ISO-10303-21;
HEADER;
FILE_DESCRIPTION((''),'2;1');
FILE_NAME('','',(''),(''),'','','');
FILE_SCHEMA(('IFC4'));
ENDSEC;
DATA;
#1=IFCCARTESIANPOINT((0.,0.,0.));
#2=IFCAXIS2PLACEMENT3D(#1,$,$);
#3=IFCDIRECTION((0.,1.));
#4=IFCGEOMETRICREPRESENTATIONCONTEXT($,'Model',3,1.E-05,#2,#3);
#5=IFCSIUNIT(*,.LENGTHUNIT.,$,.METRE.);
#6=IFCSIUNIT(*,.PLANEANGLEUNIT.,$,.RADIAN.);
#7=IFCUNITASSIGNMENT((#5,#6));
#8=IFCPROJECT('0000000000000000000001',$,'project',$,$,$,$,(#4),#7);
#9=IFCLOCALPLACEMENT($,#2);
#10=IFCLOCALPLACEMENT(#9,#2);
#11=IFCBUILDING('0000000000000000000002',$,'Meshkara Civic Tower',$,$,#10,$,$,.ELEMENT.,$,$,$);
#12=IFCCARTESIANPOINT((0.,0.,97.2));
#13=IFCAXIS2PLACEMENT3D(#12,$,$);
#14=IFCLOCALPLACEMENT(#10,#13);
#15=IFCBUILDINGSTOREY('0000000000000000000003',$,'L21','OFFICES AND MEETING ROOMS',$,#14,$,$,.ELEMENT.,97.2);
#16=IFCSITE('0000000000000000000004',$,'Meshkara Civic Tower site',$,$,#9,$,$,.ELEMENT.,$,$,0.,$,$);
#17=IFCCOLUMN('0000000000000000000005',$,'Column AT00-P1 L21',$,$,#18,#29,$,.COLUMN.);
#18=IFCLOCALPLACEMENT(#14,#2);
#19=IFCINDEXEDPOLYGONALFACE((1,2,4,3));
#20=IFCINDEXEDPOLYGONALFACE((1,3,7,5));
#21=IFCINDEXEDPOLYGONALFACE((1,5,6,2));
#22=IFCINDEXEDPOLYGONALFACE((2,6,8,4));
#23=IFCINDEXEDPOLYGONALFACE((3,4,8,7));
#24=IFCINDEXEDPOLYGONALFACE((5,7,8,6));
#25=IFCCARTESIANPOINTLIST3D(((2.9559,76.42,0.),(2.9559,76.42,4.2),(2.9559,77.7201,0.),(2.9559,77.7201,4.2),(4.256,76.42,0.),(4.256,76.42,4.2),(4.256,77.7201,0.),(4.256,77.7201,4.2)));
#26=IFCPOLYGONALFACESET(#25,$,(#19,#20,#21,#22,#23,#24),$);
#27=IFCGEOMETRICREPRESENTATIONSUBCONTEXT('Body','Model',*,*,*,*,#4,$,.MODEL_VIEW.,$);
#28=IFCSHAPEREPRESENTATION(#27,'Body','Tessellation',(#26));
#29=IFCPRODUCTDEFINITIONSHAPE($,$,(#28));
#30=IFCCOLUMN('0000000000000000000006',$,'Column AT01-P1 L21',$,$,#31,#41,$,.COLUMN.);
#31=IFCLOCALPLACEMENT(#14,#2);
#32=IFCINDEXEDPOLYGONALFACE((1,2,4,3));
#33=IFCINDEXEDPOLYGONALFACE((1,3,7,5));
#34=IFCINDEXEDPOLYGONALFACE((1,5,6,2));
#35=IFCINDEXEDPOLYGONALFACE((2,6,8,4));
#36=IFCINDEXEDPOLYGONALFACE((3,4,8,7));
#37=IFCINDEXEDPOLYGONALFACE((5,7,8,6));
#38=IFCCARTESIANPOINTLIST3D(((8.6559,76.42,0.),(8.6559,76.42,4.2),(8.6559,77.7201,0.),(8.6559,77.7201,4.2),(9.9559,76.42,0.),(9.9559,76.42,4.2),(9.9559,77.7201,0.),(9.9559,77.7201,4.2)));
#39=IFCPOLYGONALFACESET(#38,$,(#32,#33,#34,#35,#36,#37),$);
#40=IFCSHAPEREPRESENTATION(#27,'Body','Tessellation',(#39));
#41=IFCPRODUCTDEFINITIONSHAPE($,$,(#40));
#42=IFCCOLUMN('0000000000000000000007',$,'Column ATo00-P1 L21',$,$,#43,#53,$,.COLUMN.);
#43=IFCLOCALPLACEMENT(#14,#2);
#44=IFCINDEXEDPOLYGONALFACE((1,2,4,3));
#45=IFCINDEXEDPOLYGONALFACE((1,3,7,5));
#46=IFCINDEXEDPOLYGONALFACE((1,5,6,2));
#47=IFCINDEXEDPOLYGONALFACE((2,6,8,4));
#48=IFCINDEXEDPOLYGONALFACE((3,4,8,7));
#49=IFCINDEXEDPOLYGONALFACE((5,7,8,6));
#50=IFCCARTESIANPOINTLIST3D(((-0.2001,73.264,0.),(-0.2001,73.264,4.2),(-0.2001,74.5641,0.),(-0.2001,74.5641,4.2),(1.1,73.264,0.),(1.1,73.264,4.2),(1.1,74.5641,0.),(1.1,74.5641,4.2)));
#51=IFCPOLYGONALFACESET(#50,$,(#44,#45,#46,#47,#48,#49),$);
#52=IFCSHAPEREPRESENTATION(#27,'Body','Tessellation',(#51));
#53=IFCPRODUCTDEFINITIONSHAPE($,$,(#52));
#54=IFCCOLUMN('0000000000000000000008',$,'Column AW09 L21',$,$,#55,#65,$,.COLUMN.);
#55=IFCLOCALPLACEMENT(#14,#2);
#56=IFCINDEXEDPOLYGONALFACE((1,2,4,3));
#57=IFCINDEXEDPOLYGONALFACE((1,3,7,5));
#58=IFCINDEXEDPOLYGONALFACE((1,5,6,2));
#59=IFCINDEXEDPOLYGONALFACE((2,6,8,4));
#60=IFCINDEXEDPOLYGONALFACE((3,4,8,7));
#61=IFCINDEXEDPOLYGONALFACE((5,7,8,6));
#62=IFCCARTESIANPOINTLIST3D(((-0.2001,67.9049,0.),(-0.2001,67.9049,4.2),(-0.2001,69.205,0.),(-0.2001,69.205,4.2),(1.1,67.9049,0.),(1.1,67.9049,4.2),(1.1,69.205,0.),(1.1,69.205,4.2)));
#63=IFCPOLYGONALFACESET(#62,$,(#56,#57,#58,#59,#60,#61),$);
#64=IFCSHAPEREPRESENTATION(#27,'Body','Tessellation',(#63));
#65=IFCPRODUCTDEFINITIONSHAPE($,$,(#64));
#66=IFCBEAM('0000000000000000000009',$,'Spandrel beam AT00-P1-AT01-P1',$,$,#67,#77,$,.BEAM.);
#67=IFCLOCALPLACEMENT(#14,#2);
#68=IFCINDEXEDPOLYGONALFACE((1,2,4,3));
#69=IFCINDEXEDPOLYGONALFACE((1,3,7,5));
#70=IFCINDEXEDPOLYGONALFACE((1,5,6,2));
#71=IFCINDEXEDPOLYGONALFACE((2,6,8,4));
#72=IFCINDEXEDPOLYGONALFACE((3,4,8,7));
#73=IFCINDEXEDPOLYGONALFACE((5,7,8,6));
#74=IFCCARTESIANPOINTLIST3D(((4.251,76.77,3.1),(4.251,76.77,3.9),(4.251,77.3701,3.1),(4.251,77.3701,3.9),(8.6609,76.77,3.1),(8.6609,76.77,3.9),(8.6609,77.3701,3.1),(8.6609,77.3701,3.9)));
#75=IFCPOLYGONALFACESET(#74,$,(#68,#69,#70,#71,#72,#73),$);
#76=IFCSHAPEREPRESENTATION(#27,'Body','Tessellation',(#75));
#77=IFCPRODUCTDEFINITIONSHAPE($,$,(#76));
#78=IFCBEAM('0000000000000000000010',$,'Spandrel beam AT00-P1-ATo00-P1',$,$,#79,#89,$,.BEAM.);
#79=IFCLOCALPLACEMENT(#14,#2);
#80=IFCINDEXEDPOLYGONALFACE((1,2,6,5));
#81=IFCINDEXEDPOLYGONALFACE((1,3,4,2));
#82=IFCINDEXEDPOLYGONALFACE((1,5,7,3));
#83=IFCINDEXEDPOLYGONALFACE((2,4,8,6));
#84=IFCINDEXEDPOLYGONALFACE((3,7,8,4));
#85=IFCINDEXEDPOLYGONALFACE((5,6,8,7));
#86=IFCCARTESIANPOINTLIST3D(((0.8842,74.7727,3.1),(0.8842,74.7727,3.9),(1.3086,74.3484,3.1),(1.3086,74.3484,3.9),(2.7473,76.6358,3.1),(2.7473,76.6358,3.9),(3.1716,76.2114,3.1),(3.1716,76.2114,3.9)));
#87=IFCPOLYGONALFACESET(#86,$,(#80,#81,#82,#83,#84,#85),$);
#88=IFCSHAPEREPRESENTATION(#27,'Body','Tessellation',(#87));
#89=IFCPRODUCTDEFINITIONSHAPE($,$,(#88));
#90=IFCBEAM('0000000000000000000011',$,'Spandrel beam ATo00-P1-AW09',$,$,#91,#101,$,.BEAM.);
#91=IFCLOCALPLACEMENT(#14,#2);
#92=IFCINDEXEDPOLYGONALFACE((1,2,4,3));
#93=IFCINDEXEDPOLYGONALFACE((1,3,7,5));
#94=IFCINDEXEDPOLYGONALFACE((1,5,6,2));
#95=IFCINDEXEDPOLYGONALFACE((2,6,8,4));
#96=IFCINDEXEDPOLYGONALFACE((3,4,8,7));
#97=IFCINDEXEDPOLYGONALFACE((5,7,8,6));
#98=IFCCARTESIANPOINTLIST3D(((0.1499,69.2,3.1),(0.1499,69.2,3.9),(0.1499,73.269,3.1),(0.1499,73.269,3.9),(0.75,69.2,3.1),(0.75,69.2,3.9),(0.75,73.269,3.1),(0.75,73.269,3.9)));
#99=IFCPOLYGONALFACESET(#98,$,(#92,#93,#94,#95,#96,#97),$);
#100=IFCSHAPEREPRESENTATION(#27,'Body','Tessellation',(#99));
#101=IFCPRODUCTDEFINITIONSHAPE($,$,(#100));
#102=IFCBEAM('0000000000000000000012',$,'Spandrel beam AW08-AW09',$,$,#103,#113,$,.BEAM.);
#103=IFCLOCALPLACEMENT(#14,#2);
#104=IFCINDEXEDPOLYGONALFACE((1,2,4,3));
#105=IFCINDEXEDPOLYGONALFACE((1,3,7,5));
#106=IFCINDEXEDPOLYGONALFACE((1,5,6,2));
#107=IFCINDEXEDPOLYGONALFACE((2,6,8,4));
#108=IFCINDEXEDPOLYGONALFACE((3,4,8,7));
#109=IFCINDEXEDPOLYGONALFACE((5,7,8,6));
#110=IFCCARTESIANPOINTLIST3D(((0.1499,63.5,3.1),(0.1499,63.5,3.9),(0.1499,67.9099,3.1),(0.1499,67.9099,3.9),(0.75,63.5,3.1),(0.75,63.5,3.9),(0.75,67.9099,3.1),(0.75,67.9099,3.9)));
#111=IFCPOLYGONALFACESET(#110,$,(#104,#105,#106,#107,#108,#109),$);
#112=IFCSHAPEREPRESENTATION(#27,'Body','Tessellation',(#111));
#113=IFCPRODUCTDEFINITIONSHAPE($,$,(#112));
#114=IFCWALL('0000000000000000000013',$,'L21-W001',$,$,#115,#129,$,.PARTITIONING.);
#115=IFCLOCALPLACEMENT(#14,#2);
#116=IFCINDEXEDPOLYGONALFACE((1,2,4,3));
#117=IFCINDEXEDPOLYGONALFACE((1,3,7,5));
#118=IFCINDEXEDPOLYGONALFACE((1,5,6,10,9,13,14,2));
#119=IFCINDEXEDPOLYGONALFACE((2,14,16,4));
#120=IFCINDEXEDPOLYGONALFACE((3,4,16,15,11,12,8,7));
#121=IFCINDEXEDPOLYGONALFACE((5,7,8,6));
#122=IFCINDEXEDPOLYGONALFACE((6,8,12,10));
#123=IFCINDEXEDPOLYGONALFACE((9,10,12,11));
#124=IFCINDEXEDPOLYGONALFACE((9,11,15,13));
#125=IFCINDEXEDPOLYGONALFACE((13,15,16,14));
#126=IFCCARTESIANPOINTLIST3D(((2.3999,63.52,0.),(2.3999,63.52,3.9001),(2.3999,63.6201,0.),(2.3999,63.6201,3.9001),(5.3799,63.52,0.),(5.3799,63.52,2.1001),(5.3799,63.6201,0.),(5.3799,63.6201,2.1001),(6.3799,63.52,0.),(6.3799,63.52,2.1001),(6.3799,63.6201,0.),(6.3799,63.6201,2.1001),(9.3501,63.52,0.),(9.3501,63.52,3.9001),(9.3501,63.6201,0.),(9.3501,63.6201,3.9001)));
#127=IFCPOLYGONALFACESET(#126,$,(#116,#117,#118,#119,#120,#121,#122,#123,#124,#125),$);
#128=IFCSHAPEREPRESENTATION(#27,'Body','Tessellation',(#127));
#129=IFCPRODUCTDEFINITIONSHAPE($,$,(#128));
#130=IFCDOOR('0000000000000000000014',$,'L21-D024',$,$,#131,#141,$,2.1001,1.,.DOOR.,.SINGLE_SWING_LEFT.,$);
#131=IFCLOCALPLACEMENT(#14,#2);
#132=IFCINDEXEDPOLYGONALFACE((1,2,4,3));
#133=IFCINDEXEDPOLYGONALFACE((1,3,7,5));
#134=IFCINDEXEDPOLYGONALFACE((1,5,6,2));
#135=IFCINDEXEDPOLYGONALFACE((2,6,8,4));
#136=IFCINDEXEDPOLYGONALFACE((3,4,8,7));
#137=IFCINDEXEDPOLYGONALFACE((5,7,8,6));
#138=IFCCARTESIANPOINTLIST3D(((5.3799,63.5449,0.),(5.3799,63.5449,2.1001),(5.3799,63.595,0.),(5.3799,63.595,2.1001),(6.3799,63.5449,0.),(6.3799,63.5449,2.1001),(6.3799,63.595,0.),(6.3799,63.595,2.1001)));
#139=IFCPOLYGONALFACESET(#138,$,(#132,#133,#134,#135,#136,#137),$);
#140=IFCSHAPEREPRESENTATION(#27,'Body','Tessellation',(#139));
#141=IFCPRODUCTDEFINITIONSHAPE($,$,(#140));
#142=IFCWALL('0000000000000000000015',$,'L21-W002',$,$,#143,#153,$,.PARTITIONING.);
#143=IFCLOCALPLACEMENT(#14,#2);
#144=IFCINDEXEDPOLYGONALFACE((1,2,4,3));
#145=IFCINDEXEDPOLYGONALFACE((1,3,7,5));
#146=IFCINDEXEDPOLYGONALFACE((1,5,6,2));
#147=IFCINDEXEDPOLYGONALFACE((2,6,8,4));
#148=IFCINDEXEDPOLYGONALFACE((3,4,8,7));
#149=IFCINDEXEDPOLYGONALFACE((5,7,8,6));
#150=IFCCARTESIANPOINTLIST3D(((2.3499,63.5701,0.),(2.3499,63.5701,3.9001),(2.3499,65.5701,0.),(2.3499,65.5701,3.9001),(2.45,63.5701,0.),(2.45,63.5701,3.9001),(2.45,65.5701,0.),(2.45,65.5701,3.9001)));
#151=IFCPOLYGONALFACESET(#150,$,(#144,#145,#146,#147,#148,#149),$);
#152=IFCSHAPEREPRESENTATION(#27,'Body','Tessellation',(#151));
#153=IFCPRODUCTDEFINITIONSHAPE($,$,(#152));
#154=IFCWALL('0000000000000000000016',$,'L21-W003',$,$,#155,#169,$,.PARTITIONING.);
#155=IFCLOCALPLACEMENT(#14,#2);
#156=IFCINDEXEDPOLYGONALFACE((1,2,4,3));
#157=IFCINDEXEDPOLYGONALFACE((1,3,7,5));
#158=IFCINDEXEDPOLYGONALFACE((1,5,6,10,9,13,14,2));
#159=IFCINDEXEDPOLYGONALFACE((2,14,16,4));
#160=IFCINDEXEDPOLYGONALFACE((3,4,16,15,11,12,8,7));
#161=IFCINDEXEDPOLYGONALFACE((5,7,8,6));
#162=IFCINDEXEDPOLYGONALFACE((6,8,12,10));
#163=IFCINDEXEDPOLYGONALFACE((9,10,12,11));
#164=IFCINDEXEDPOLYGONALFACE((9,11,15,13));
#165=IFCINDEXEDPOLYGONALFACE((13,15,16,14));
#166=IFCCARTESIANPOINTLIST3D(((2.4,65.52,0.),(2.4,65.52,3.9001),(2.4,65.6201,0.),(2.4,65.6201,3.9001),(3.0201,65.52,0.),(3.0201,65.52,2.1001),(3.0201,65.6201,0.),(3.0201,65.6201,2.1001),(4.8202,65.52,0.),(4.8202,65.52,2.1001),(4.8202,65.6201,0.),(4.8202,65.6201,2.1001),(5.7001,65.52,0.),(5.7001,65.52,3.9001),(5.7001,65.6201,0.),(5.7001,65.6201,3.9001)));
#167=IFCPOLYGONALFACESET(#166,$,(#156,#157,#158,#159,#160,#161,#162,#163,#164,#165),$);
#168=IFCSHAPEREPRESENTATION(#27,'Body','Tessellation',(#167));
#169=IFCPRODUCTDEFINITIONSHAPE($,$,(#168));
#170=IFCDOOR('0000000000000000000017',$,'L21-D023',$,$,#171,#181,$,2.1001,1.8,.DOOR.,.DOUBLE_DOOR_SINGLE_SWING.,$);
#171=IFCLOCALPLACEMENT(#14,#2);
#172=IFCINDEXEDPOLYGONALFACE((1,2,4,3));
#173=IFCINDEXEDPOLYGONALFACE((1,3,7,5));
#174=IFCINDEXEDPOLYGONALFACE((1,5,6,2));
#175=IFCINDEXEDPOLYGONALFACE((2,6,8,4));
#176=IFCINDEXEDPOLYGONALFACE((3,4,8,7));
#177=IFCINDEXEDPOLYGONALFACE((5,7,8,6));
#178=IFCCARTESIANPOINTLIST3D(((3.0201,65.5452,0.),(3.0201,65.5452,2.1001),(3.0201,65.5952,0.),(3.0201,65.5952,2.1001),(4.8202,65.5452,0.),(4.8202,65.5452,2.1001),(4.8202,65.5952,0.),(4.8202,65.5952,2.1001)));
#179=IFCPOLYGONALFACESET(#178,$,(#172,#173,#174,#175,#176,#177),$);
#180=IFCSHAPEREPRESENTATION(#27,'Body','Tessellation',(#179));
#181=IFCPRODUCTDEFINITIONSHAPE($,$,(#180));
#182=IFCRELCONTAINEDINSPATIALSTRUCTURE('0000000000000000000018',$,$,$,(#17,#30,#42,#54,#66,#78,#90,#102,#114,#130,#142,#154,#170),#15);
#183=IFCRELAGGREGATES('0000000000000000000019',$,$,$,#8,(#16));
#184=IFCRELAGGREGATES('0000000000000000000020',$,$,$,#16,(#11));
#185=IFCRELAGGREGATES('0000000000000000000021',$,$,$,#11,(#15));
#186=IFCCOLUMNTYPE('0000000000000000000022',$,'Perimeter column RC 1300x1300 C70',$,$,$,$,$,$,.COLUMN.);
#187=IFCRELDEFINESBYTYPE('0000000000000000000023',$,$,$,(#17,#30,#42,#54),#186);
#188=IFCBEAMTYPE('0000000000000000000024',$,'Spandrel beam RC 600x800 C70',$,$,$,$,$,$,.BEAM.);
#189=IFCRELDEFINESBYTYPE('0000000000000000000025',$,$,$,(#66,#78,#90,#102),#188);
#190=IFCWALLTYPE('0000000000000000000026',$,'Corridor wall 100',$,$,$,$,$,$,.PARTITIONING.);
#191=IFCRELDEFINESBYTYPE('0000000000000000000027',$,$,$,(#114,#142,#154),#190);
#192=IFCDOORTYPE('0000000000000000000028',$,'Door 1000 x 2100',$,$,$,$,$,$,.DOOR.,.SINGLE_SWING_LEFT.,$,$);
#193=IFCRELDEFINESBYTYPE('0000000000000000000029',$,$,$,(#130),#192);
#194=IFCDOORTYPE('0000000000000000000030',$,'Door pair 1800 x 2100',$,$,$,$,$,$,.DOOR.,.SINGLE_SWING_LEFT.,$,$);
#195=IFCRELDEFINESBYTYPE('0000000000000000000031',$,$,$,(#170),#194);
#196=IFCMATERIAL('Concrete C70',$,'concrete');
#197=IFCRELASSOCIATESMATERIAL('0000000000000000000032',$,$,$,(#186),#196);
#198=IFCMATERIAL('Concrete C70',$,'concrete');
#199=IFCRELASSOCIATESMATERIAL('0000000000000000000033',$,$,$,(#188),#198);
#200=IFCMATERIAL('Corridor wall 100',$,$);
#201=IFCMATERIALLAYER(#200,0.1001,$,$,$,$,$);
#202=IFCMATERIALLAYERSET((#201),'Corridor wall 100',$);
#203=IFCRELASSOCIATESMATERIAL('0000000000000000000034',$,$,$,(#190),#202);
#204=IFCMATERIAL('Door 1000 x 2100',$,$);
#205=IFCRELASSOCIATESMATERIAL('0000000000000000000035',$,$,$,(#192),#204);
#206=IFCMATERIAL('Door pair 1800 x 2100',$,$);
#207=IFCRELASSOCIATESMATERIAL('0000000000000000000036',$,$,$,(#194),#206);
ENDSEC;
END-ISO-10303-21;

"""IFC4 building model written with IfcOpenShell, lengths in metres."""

from ifc_helpers import new_model, si_unit, direction, frame, frame_2d, origin, origin_2d, place, context, subcontext, project, spatial, rectangle, extrude, material, layer, layer_set, material_profile, profile_set, type_object, element, fill, save


model = new_model("IFC4")

# Units and contexts
model_context = context("Model", 3, precision=1e-05, world=origin(), true_north=direction((0.0, 1.0)))
body_context = subcontext(model_context, "Body", "Model", "MODEL_VIEW")
ifc_project = project(units=[si_unit("LENGTHUNIT", "METRE"), si_unit("PLANEANGLEUNIT", "RADIAN")], contexts=[model_context])

# Site, building, storey
site_placement = place(None, origin())
site = spatial("IfcSite", under=ifc_project, at=site_placement, Name="Meshkara Civic Tower site", CompositionType="ELEMENT", RefElevation=0.0)
building_placement = place(site_placement, origin())
building = spatial("IfcBuilding", under=site, at=building_placement, Name="Meshkara Civic Tower", CompositionType="ELEMENT")
storey_placement = place(building_placement, frame((0.0, 0.0, 97.2)))
storey = spatial("IfcBuildingStorey", under=building, at=storey_placement, Name="L21", Description="OFFICES AND MEETING ROOMS", CompositionType="ELEMENT", Elevation=97.2)

# Columns
ifc_material_1 = material(Name="Concrete C70", Category="concrete")
ifc_material_profile_1 = material_profile(ifc_material_1, rectangle(XDim=1.3, YDim=1.3, at=origin_2d()))
ifc_profile_set_1 = profile_set([ifc_material_profile_1], Name="Concrete C70")
column_type = type_object("IfcColumnType", Name="Perimeter column RC 1300x1300 C70", PredefinedType="COLUMN", material=ifc_profile_set_1)
for number, where, z_axis, x_axis, name in (
    (1, (3.606, 77.0701, 0.0), (0.0, 0.0, 1.0), (1.0, 0.0, 0.0), "Column AT00-P1 L21"),
    (2, (9.3059, 77.0701, 0.0), (0.0, 0.0, 1.0), (1.0, 0.0, 0.0), "Column AT01-P1 L21"),
    (3, (0.45, 73.9141, 0.0), (0.0, 0.0, 1.0), (1.0, 0.0, 0.0), "Column ATo00-P1 L21"),
    (4, (0.45, 68.5549, 0.0), (0.0, 0.0, 1.0), (1.0, 0.0, 0.0), "Column AW09 L21"),
):
    element("IfcColumn", number, at=place(storey_placement, frame(where, z_axis=z_axis, x_axis=x_axis)), inside=storey, type_object=column_type, Name=name, PredefinedType="COLUMN", context=body_context, shape_type="SweptSolid", body=[
        extrude(rectangle(XDim=1.3, YDim=1.3, at=origin_2d()), origin(), (0.0, 0.0, 1.0), 4.2),
    ])

# Beams
ifc_material_2 = material(Name="Concrete C70", Category="concrete")
ifc_material_profile_2 = material_profile(ifc_material_2, rectangle(XDim=0.6001, YDim=0.8, at=origin_2d()))
ifc_profile_set_2 = profile_set([ifc_material_profile_2], Name="Concrete C70")
beam_type = type_object("IfcBeamType", Name="Spandrel beam RC 600x800 C70", PredefinedType="BEAM", material=ifc_profile_set_2)
beam_1_placement = place(storey_placement, frame((8.6609, 77.0701, 3.5), z_axis=(-1.0, 0.0, 0.0), x_axis=(0.0, -1.0, 0.0)))
element("IfcBeam", 5, at=beam_1_placement, inside=storey, type_object=beam_type, Name="Spandrel beam AT00-P1-AT01-P1", PredefinedType="BEAM", context=body_context, shape_type="SweptSolid", body=[
    extrude(rectangle(XDim=0.6001, YDim=0.8, at=origin_2d()), origin(), (0.0, 0.0, 1.0), 4.4099),
])
beam_2_placement = place(storey_placement, frame((2.9595, 76.4236, 3.5), z_axis=(-0.707107, -0.707107, 0.0), x_axis=(0.707107, -0.707107, 0.0)))
element("IfcBeam", 6, at=beam_2_placement, inside=storey, type_object=beam_type, Name="Spandrel beam AT00-P1-ATo00-P1", PredefinedType="BEAM", context=body_context, shape_type="SweptSolid", body=[
    extrude(rectangle(XDim=0.6001, YDim=0.8, at=origin_2d()), origin(), (0.0, 0.0, 1.0), 2.6348),
])
beam_3_placement = place(storey_placement, frame((0.45, 73.269, 3.5), z_axis=(0.0, -1.0, 0.0), x_axis=(1.0, 0.0, 0.0)))
element("IfcBeam", 7, at=beam_3_placement, inside=storey, type_object=beam_type, Name="Spandrel beam ATo00-P1-AW09", PredefinedType="BEAM", context=body_context, shape_type="SweptSolid", body=[
    extrude(rectangle(XDim=0.6001, YDim=0.8, at=origin_2d()), origin(), (0.0, 0.0, 1.0), 4.0691),
])
beam_4_placement = place(storey_placement, frame((0.45, 67.9099, 3.5), z_axis=(0.0, -1.0, 0.0), x_axis=(1.0, 0.0, 0.0)))
element("IfcBeam", 8, at=beam_4_placement, inside=storey, type_object=beam_type, Name="Spandrel beam AW08-AW09", PredefinedType="BEAM", context=body_context, shape_type="SweptSolid", body=[
    extrude(rectangle(XDim=0.6001, YDim=0.8, at=origin_2d()), origin(), (0.0, 0.0, 1.0), 4.4099),
])

# Wall, opening, door
ifc_material_3 = material(Name="Corridor wall 100")
ifc_layer_1 = layer(ifc_material_3, 0.1001)
ifc_layer_set_1 = layer_set([ifc_layer_1], Name="Corridor wall 100")
wall_type_1 = type_object("IfcWallType", Name="Corridor wall 100", PredefinedType="PARTITIONING", material=ifc_layer_set_1)
wall_1_placement = place(storey_placement, frame((2.3999, 63.5701, 0.0), z_axis=(0.0, 0.0, 1.0), x_axis=(1.0, 0.0, 0.0)))
wall_1 = element("IfcWall", 9, at=wall_1_placement, inside=storey, type_object=wall_type_1, Name="L21-W001", PredefinedType="PARTITIONING", context=body_context, shape_type="SweptSolid", body=[
    extrude(rectangle(XDim=6.9502, YDim=0.1001, at=frame_2d((3.4751, 0.0))), origin(), (0.0, 0.0, 1.0), 3.9001),
])
opening_1_placement = place(wall_1_placement, frame((2.98, 0.0, 0.0)))
opening_1 = element("IfcOpeningElement", 10, at=opening_1_placement, cuts=wall_1, PredefinedType="OPENING", context=body_context, shape_type="SweptSolid", body=[
    extrude(rectangle(XDim=1.0, YDim=2.1001, at=frame_2d((0.5, 1.05))), frame((0.0, 0.0601, 0.0), z_axis=(0.0, -1.0, 0.0), x_axis=(1.0, 0.0, 0.0)), (0.0, 0.0, 1.0), 0.1201),
])
ifc_material_4 = material(Name="Door 1000 x 2100")
door_type_1 = type_object("IfcDoorType", Name="Door 1000 x 2100", OperationType="SINGLE_SWING_LEFT", PredefinedType="DOOR", material=ifc_material_4)
door_1_placement = place(opening_1_placement, origin())
door_1 = element("IfcDoor", 11, at=door_1_placement, inside=storey, type_object=door_type_1, Name="L21-D024", OperationType="SINGLE_SWING_LEFT", OverallHeight=2.1001, OverallWidth=1.0, PredefinedType="DOOR", context=body_context, shape_type="SweptSolid", body=[
    extrude(rectangle(XDim=1.0, YDim=2.1001, at=frame_2d((0.5, 1.05))), frame((0.0, 0.0249, 0.0), z_axis=(0.0, -1.0, 0.0), x_axis=(1.0, 0.0, 0.0)), (0.0, 0.0, 1.0), 0.05),
])
fill(opening_1, door_1)

# Wall
wall_2_placement = place(storey_placement, frame((2.3999, 65.5701, 0.0), z_axis=(0.0, 0.0, 1.0), x_axis=(0.0, -1.0, 0.0)))
element("IfcWall", 12, at=wall_2_placement, inside=storey, type_object=wall_type_1, Name="L21-W002", PredefinedType="PARTITIONING", context=body_context, shape_type="SweptSolid", body=[
    extrude(rectangle(XDim=2.0, YDim=0.1001, at=frame_2d((1.0, 0.0))), origin(), (0.0, 0.0, 1.0), 3.9001),
])

# Wall, opening, door
wall_3_placement = place(storey_placement, frame((5.7, 65.5701, 0.0), z_axis=(0.0, 0.0, 1.0), x_axis=(-1.0, 0.0, 0.0)))
wall_3 = element("IfcWall", 13, at=wall_3_placement, inside=storey, type_object=wall_type_1, Name="L21-W003", PredefinedType="PARTITIONING", context=body_context, shape_type="SweptSolid", body=[
    extrude(rectangle(XDim=3.3, YDim=0.1001, at=frame_2d((1.6499, 0.0))), origin(), (0.0, 0.0, 1.0), 3.9001),
])
opening_2_placement = place(wall_3_placement, frame((0.8799, 0.0, 0.0)))
opening_2 = element("IfcOpeningElement", 14, at=opening_2_placement, cuts=wall_3, PredefinedType="OPENING", context=body_context, shape_type="SweptSolid", body=[
    extrude(rectangle(XDim=1.8, YDim=2.1001, at=frame_2d((0.8999, 1.05))), frame((0.0, 0.0601, 0.0), z_axis=(0.0, -1.0, 0.0), x_axis=(1.0, 0.0, 0.0)), (0.0, 0.0, 1.0), 0.1201),
])
ifc_material_5 = material(Name="Door pair 1800 x 2100")
door_type_2 = type_object("IfcDoorType", Name="Door pair 1800 x 2100", OperationType="SINGLE_SWING_LEFT", PredefinedType="DOOR", material=ifc_material_5)
door_2_placement = place(opening_2_placement, origin())
door_2 = element("IfcDoor", 15, at=door_2_placement, inside=storey, type_object=door_type_2, Name="L21-D023", OperationType="DOUBLE_DOOR_SINGLE_SWING", OverallHeight=2.1001, OverallWidth=1.8, PredefinedType="DOOR", context=body_context, shape_type="SweptSolid", body=[
    extrude(rectangle(XDim=1.8, YDim=2.1001, at=frame_2d((0.8999, 1.05))), frame((0.0, 0.0249, 0.0), z_axis=(0.0, -1.0, 0.0), x_axis=(1.0, 0.0, 0.0)), (0.0, 0.0, 1.0), 0.05),
])
fill(opening_2, door_2)

save(model, "model.ifc")
